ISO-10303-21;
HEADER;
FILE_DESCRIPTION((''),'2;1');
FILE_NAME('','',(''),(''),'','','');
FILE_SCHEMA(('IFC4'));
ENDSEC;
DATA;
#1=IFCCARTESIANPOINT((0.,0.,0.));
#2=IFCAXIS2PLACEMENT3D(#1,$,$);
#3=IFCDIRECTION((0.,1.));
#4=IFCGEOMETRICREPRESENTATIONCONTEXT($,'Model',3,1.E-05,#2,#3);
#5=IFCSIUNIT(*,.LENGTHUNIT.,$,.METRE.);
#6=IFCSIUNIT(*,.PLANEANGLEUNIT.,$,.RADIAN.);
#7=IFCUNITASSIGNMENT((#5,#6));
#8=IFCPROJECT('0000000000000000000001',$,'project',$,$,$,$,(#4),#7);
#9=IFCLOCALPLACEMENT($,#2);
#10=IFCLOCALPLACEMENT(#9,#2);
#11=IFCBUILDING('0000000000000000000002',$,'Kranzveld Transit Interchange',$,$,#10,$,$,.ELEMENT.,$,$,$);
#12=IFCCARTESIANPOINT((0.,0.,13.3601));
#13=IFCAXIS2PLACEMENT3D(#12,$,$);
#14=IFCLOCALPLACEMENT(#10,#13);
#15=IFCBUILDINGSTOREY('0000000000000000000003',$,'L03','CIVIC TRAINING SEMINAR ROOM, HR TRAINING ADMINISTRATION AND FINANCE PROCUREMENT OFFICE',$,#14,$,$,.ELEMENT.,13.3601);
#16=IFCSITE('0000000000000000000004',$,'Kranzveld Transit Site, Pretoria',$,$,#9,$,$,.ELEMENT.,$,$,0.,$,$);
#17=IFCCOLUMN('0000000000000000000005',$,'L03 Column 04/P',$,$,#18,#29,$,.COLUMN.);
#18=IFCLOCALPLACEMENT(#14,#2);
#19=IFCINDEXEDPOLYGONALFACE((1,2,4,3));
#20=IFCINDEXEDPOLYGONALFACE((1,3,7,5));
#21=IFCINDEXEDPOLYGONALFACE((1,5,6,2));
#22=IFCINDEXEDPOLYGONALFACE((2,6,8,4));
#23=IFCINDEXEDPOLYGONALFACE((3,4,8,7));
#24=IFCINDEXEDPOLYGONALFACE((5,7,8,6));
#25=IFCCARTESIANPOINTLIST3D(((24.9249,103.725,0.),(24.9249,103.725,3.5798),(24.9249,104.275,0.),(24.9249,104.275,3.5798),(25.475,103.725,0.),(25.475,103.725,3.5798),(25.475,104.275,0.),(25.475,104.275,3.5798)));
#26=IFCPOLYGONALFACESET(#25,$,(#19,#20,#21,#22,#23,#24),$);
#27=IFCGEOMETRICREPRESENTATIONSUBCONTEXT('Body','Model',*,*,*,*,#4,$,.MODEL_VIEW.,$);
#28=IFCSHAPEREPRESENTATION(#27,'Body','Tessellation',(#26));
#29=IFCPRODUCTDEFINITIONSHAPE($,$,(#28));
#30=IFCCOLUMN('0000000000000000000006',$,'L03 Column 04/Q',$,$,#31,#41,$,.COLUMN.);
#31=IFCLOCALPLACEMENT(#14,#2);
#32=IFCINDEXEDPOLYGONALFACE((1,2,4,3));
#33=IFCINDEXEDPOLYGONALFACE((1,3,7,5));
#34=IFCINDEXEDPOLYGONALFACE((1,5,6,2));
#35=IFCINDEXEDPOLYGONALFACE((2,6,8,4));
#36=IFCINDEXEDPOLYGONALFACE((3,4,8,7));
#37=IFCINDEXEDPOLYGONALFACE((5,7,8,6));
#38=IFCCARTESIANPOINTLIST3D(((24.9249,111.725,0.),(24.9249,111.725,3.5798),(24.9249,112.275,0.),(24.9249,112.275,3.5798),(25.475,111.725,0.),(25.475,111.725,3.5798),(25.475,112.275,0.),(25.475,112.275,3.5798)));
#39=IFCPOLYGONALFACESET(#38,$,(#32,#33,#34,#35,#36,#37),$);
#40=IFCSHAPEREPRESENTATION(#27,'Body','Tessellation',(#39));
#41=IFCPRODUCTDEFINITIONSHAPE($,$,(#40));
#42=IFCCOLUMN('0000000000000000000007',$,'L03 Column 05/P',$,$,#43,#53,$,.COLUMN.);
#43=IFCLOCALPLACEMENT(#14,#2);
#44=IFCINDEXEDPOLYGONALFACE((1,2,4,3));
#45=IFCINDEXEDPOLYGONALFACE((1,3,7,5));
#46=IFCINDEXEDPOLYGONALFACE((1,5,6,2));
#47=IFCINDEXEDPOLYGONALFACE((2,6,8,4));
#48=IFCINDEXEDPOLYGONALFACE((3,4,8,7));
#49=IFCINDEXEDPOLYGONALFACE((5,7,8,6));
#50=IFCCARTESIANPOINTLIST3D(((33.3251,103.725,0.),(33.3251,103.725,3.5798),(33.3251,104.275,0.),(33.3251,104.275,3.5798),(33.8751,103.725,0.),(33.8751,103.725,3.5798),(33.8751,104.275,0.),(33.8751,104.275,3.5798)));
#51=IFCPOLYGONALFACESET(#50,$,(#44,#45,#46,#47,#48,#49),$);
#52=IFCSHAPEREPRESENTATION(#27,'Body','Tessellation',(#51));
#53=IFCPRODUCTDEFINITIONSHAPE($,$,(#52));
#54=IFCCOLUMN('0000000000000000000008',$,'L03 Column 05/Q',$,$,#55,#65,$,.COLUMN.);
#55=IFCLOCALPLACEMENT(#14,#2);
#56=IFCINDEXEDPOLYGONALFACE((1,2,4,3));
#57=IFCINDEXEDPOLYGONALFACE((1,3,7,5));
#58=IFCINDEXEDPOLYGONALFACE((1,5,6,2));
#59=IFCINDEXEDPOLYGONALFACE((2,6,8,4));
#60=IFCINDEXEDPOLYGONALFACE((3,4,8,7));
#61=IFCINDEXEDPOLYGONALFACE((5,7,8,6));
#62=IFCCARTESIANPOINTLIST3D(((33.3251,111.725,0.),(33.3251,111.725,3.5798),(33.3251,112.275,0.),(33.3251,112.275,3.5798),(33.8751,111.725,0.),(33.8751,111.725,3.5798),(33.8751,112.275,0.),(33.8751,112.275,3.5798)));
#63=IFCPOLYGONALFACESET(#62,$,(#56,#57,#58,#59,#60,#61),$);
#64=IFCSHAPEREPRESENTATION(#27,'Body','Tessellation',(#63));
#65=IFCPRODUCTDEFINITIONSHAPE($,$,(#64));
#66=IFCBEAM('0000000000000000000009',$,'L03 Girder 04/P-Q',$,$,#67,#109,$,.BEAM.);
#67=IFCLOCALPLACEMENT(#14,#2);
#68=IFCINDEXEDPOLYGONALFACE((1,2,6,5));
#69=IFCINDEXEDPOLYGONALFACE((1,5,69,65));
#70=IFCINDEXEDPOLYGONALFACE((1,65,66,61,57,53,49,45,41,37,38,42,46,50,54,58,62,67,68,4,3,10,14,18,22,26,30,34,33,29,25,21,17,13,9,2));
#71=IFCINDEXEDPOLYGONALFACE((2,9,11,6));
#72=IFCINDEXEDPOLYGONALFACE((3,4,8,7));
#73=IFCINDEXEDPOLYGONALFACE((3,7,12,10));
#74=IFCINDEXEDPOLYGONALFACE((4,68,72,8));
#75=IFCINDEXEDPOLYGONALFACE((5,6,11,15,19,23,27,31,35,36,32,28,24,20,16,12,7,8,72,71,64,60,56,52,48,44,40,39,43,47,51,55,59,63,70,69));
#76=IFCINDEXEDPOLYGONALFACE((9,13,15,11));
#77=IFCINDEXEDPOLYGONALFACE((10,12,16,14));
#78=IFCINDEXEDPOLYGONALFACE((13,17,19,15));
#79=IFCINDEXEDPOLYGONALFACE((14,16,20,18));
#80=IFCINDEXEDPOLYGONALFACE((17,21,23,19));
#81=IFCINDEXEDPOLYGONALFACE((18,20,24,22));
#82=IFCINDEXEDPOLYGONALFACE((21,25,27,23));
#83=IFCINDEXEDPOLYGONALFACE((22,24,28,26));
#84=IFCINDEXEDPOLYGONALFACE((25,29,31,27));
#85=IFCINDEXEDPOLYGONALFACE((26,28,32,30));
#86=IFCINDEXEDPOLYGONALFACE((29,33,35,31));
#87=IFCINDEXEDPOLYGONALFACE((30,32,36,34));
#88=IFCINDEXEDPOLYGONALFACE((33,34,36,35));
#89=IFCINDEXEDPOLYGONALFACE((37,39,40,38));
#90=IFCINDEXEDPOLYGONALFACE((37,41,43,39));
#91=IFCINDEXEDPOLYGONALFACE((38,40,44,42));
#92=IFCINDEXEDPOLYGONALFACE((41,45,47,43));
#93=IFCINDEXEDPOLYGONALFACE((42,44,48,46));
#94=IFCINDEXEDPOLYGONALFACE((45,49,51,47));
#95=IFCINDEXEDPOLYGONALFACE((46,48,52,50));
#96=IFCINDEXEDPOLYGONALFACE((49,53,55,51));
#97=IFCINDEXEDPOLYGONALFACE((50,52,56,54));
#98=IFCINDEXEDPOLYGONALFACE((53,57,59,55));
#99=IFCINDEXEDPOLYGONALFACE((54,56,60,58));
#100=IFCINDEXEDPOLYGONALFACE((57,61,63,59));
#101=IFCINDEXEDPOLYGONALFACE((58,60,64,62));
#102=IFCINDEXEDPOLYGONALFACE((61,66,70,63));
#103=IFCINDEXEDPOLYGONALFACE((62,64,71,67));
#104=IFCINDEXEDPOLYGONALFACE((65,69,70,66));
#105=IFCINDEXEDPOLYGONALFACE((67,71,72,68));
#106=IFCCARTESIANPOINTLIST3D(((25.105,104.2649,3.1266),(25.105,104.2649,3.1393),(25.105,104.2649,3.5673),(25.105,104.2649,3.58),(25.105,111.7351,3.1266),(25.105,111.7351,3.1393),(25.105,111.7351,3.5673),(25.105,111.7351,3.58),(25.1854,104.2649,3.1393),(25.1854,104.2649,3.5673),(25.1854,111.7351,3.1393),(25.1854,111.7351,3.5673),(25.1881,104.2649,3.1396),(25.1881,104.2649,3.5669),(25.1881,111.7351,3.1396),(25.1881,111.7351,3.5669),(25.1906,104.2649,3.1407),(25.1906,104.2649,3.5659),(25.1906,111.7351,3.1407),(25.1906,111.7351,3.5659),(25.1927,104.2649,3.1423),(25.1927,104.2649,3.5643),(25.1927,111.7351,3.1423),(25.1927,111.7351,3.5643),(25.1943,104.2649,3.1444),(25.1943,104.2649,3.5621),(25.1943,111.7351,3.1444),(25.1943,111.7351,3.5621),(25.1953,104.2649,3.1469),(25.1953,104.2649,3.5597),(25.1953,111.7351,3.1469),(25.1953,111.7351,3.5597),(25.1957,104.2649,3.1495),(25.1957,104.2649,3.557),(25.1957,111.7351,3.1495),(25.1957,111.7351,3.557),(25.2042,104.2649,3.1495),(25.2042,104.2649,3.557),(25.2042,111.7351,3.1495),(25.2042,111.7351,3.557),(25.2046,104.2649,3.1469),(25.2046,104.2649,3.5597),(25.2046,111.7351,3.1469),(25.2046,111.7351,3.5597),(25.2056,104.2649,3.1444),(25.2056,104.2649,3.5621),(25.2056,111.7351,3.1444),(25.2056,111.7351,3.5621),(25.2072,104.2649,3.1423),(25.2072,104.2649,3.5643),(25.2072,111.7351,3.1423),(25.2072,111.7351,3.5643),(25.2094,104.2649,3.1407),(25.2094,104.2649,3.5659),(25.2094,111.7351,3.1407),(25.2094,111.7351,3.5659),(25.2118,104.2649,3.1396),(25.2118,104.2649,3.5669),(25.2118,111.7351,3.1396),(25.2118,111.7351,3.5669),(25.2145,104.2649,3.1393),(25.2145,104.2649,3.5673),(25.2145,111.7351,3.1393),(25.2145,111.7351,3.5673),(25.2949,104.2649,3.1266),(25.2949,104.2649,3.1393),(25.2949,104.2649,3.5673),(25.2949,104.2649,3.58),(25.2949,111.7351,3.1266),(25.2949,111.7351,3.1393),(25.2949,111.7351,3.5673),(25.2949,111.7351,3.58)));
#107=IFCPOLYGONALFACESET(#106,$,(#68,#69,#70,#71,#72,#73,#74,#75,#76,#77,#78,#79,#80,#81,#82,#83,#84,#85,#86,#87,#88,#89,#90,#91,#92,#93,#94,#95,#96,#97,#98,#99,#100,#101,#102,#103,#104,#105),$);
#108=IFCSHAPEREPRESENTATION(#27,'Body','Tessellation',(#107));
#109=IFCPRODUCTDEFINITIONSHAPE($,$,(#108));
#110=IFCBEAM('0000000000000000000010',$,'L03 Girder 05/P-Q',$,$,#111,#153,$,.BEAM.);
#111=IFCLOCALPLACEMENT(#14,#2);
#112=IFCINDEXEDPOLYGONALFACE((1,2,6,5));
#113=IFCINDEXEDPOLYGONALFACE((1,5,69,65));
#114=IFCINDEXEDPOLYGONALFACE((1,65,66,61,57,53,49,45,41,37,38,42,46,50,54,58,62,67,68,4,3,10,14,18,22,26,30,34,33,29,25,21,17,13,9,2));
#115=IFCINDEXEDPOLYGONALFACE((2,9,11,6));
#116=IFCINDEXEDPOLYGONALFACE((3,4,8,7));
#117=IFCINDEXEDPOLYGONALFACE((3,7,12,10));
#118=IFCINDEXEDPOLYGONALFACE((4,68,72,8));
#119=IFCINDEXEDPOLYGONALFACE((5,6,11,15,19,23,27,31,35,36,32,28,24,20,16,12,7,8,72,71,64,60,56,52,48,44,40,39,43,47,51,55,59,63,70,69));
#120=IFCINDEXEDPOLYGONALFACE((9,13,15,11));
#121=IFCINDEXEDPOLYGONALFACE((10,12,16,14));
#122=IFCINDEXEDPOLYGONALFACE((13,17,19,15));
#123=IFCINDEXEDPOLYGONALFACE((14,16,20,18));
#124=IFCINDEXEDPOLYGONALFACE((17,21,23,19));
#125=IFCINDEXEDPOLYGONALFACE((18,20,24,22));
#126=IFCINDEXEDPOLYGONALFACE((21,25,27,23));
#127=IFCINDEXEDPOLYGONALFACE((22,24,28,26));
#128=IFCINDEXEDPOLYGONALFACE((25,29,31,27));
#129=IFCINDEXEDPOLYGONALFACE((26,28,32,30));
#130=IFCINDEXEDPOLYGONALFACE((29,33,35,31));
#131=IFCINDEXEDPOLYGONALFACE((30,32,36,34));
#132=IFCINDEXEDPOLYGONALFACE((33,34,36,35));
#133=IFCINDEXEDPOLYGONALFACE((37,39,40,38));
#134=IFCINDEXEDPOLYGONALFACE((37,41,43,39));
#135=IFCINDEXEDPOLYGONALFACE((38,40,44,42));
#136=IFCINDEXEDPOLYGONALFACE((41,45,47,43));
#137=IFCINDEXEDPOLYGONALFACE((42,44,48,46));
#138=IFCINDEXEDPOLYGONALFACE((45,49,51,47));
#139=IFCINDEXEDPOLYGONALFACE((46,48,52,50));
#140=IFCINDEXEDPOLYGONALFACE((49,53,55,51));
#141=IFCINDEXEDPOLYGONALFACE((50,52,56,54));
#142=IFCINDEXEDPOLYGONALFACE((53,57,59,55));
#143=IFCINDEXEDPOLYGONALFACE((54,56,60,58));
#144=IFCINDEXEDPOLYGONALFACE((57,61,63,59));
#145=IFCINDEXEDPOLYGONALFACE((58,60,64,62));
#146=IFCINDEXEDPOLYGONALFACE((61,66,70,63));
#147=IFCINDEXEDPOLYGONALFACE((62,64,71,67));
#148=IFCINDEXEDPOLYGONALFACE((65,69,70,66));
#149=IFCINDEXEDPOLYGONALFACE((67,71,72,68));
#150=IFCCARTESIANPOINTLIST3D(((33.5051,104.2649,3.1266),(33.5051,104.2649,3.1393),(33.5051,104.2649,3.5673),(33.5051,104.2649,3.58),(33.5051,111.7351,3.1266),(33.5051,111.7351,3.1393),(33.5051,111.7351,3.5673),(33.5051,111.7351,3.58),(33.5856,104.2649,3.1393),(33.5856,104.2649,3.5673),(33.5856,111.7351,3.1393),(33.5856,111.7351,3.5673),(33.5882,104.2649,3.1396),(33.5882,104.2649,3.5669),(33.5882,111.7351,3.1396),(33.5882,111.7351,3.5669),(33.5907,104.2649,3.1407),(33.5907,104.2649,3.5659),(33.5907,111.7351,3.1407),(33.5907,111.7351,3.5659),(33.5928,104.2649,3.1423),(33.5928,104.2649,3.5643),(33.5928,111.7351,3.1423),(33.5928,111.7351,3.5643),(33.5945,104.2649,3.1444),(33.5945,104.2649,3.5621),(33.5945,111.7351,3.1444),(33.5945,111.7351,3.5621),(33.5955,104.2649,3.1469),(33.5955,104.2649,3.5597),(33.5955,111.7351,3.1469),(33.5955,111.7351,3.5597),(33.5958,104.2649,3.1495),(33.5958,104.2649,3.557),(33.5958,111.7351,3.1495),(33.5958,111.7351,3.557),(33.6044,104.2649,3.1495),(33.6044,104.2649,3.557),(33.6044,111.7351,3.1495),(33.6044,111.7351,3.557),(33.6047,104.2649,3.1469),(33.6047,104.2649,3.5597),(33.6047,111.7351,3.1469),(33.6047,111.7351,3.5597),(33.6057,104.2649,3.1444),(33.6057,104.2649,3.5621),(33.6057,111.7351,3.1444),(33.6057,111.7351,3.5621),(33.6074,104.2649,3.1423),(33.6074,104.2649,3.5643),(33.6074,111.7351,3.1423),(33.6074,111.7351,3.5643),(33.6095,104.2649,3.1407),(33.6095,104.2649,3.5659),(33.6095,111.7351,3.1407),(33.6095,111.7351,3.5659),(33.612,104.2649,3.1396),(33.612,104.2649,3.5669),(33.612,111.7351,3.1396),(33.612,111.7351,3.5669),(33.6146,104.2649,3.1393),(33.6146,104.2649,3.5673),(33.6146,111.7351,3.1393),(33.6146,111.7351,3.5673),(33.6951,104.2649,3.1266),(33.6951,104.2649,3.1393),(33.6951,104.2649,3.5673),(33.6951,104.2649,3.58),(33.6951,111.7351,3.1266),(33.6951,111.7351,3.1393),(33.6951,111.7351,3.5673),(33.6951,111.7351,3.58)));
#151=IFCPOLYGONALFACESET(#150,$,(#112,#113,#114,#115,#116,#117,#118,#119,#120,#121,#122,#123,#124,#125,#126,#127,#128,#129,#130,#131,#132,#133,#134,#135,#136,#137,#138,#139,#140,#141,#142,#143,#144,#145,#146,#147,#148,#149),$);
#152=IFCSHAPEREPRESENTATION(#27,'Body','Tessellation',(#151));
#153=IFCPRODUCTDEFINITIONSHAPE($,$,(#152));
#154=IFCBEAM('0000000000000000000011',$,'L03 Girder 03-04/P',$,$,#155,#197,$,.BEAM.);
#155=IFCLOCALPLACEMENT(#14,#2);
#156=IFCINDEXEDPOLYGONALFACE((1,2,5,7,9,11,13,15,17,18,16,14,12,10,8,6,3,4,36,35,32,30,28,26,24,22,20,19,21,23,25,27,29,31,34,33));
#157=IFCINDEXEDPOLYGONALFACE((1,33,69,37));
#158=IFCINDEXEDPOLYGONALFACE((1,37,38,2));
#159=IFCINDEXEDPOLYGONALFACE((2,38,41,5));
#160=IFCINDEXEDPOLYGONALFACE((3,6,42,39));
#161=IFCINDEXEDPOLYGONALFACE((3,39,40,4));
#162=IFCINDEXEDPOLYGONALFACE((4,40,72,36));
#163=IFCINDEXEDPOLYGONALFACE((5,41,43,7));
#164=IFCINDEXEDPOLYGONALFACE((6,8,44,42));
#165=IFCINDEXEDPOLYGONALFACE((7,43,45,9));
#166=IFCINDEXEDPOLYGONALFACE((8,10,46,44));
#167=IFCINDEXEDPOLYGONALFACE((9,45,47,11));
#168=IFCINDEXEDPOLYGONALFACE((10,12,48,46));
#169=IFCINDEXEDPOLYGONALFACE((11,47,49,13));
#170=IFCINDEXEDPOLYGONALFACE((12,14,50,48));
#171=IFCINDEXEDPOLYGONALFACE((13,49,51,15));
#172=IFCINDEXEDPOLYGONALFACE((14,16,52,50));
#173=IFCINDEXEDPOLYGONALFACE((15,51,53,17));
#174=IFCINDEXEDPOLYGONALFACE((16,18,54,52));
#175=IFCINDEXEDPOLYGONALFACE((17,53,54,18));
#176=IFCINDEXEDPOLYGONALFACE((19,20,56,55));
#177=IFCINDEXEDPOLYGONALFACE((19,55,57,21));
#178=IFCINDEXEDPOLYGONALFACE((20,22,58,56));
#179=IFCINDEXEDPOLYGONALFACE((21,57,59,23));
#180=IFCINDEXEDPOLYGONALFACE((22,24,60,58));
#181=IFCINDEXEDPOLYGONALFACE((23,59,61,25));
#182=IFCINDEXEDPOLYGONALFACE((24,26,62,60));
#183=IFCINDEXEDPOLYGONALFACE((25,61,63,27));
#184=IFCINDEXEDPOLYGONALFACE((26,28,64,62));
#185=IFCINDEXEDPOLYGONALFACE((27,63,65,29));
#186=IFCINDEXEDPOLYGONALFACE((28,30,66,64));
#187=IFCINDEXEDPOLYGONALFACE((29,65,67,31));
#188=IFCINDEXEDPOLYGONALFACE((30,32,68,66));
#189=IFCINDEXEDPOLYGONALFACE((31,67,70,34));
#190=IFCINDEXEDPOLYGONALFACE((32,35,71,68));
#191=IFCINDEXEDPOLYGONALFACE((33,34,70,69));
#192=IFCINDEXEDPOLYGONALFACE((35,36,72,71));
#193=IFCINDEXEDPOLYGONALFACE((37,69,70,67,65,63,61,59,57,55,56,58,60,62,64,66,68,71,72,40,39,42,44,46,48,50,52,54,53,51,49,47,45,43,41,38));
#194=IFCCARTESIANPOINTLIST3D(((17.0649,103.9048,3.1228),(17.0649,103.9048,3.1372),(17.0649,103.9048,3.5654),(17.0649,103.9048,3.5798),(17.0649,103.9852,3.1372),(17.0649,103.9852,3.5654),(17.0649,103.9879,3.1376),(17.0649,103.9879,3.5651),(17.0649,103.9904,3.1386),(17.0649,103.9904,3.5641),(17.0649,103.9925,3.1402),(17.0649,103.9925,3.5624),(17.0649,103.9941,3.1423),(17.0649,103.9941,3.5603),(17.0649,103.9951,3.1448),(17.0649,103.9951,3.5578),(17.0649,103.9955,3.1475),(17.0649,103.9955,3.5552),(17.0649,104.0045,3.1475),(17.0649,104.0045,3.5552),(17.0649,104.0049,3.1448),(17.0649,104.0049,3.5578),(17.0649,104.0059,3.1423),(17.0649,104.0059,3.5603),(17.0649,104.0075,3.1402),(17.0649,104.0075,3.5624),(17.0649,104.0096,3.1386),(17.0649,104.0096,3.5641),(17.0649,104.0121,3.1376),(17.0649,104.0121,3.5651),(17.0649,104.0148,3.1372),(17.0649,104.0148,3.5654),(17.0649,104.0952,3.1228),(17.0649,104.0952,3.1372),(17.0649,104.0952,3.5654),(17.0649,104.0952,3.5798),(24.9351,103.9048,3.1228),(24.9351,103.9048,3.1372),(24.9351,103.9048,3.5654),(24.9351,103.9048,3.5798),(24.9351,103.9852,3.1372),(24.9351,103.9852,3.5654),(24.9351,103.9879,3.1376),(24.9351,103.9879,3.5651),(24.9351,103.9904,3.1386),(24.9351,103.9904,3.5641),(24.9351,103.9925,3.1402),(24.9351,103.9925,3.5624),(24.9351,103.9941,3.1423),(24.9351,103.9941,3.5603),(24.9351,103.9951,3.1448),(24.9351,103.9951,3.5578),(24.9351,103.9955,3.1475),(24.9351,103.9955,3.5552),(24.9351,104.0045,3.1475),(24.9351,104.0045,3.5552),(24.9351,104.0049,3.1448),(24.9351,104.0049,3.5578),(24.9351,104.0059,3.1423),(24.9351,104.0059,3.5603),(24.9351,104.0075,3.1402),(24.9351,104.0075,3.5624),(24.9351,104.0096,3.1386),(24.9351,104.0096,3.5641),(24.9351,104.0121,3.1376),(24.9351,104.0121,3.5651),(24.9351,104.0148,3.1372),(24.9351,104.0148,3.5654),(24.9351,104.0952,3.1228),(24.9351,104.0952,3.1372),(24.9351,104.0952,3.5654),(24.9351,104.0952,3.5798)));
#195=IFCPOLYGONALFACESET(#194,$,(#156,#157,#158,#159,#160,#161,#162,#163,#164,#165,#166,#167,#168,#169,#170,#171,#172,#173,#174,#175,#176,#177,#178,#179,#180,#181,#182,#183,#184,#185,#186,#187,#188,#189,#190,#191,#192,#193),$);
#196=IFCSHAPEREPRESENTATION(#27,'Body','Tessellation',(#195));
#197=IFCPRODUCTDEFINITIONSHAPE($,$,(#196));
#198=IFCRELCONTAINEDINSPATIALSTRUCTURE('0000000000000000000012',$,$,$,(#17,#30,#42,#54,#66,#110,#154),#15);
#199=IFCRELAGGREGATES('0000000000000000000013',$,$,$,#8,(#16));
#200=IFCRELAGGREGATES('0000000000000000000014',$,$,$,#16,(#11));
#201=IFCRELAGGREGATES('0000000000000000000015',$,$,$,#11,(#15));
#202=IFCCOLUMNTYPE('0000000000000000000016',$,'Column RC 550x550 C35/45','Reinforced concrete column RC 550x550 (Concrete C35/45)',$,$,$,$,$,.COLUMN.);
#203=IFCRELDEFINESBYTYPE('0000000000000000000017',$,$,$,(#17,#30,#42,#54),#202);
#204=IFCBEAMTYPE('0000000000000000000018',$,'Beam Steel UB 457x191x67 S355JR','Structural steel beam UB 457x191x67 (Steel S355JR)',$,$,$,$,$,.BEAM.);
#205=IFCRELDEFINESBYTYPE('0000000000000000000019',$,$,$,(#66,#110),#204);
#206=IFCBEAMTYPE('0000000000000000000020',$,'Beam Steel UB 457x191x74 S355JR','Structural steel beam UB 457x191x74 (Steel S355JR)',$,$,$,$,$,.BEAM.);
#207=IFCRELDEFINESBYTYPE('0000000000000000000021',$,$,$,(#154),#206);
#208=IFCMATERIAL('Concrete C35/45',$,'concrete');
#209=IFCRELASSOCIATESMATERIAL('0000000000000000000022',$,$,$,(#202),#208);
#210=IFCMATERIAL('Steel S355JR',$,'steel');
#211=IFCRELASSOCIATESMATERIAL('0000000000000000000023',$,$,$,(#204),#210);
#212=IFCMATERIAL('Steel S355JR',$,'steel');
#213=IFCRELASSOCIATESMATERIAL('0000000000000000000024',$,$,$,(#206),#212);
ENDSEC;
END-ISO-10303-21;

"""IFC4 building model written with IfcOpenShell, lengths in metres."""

from ifc_helpers import new_model, si_unit, direction, frame, origin, origin_2d, place, context, subcontext, project, spatial, rectangle, i_section, extrude, material, material_profile, profile_set, type_object, element, save


model = new_model("IFC4")

# Units and contexts
model_context = context("Model", 3, precision=1e-05, world=origin(), true_north=direction((0.0, 1.0)))
body_context = subcontext(model_context, "Body", "Model", "MODEL_VIEW")
ifc_project = project(units=[si_unit("LENGTHUNIT", "METRE"), si_unit("PLANEANGLEUNIT", "RADIAN")], contexts=[model_context])

# Site, building, storey
site_placement = place(None, origin())
site = spatial("IfcSite", under=ifc_project, at=site_placement, Name="Kranzveld Transit Site, Pretoria", CompositionType="ELEMENT", RefElevation=0.0)
building_placement = place(site_placement, origin())
building = spatial("IfcBuilding", under=site, at=building_placement, Name="Kranzveld Transit Interchange", CompositionType="ELEMENT")
storey_placement = place(building_placement, frame((0.0, 0.0, 13.3601)))
storey = spatial("IfcBuildingStorey", under=building, at=storey_placement, Name="L03", Description="CIVIC TRAINING SEMINAR ROOM, HR TRAINING ADMINISTRATION AND FINANCE PROCUREMENT OFFICE", CompositionType="ELEMENT", Elevation=13.3601)

# Columns
ifc_material_1 = material(Name="Concrete C35/45", Category="concrete")
ifc_material_profile_1 = material_profile(ifc_material_1, rectangle(XDim=0.55, YDim=0.55, at=origin_2d()), Name="RC 550x550")
ifc_profile_set_1 = profile_set([ifc_material_profile_1], Name="Concrete C35/45")
column_type = type_object("IfcColumnType", Name="Column RC 550x550 C35/45", Description="Reinforced concrete column RC 550x550 (Concrete C35/45)", PredefinedType="COLUMN", material=ifc_profile_set_1)
for number, where, z_axis, x_axis, name in (
    (1, (25.2, 104.0, 0.0), (0.0, 0.0, 1.0), (1.0, 0.0, 0.0), "L03 Column 04/P"),
    (2, (25.2, 112.0, 0.0), (0.0, 0.0, 1.0), (1.0, 0.0, 0.0), "L03 Column 04/Q"),
    (3, (33.6001, 104.0, 0.0), (0.0, 0.0, 1.0), (1.0, 0.0, 0.0), "L03 Column 05/P"),
    (4, (33.6001, 112.0, 0.0), (0.0, 0.0, 1.0), (1.0, 0.0, 0.0), "L03 Column 05/Q"),
):
    element("IfcColumn", number, at=place(storey_placement, frame(where, z_axis=z_axis, x_axis=x_axis)), inside=storey, type_object=column_type, Name=name, PredefinedType="COLUMN", context=body_context, shape_type="SweptSolid", body=[
        extrude(rectangle(XDim=0.55, YDim=0.55, at=origin_2d()), origin(), (0.0, 0.0, 1.0), 3.5798),
    ])

# Beams
ifc_material_2 = material(Name="Steel S355JR", Category="steel")
ifc_material_profile_2 = material_profile(ifc_material_2, i_section(OverallWidth=0.1899, OverallDepth=0.4534, WebThickness=0.0085, FlangeThickness=0.0127, FilletRadius=0.0103, at=origin_2d()), Name="UB 457x191x67")
ifc_profile_set_2 = profile_set([ifc_material_profile_2], Name="Steel S355JR")
beam_type_1 = type_object("IfcBeamType", Name="Beam Steel UB 457x191x67 S355JR", Description="Structural steel beam UB 457x191x67 (Steel S355JR)", PredefinedType="BEAM", material=ifc_profile_set_2)
for number, where, z_axis, x_axis, name in (
    (5, (25.2, 104.2649, 3.3533), (0.0, 1.0, 0.0), (-1.0, 0.0, 0.0), "L03 Girder 04/P-Q"),
    (6, (33.6001, 104.2649, 3.3533), (0.0, 1.0, 0.0), (-1.0, 0.0, 0.0), "L03 Girder 05/P-Q"),
):
    element("IfcBeam", number, at=place(storey_placement, frame(where, z_axis=z_axis, x_axis=x_axis)), inside=storey, type_object=beam_type_1, Name=name, PredefinedType="BEAM", context=body_context, shape_type="SweptSolid", body=[
        extrude(i_section(OverallWidth=0.1899, OverallDepth=0.4534, WebThickness=0.0085, FlangeThickness=0.0127, FilletRadius=0.0103, at=origin_2d()), origin(), (0.0, 0.0, 1.0), 7.4702),
    ])
ifc_material_3 = material(Name="Steel S355JR", Category="steel")
ifc_material_profile_3 = material_profile(ifc_material_3, i_section(OverallWidth=0.1904, OverallDepth=0.457, WebThickness=0.009, FlangeThickness=0.0144, FilletRadius=0.0103, at=origin_2d()), Name="UB 457x191x74")
ifc_profile_set_3 = profile_set([ifc_material_profile_3], Name="Steel S355JR")
beam_type_2 = type_object("IfcBeamType", Name="Beam Steel UB 457x191x74 S355JR", Description="Structural steel beam UB 457x191x74 (Steel S355JR)", PredefinedType="BEAM", material=ifc_profile_set_3)
beam_1_placement = place(storey_placement, frame((17.0649, 104.0, 3.3513), z_axis=(1.0, 0.0, 0.0), x_axis=(0.0, 1.0, 0.0)))
element("IfcBeam", 7, at=beam_1_placement, inside=storey, type_object=beam_type_2, Name="L03 Girder 03-04/P", PredefinedType="BEAM", context=body_context, shape_type="SweptSolid", body=[
    extrude(i_section(OverallWidth=0.1904, OverallDepth=0.457, WebThickness=0.009, FlangeThickness=0.0144, FilletRadius=0.0103, at=origin_2d()), origin(), (0.0, 0.0, 1.0), 7.8701),
])

save(model, "model.ifc")
